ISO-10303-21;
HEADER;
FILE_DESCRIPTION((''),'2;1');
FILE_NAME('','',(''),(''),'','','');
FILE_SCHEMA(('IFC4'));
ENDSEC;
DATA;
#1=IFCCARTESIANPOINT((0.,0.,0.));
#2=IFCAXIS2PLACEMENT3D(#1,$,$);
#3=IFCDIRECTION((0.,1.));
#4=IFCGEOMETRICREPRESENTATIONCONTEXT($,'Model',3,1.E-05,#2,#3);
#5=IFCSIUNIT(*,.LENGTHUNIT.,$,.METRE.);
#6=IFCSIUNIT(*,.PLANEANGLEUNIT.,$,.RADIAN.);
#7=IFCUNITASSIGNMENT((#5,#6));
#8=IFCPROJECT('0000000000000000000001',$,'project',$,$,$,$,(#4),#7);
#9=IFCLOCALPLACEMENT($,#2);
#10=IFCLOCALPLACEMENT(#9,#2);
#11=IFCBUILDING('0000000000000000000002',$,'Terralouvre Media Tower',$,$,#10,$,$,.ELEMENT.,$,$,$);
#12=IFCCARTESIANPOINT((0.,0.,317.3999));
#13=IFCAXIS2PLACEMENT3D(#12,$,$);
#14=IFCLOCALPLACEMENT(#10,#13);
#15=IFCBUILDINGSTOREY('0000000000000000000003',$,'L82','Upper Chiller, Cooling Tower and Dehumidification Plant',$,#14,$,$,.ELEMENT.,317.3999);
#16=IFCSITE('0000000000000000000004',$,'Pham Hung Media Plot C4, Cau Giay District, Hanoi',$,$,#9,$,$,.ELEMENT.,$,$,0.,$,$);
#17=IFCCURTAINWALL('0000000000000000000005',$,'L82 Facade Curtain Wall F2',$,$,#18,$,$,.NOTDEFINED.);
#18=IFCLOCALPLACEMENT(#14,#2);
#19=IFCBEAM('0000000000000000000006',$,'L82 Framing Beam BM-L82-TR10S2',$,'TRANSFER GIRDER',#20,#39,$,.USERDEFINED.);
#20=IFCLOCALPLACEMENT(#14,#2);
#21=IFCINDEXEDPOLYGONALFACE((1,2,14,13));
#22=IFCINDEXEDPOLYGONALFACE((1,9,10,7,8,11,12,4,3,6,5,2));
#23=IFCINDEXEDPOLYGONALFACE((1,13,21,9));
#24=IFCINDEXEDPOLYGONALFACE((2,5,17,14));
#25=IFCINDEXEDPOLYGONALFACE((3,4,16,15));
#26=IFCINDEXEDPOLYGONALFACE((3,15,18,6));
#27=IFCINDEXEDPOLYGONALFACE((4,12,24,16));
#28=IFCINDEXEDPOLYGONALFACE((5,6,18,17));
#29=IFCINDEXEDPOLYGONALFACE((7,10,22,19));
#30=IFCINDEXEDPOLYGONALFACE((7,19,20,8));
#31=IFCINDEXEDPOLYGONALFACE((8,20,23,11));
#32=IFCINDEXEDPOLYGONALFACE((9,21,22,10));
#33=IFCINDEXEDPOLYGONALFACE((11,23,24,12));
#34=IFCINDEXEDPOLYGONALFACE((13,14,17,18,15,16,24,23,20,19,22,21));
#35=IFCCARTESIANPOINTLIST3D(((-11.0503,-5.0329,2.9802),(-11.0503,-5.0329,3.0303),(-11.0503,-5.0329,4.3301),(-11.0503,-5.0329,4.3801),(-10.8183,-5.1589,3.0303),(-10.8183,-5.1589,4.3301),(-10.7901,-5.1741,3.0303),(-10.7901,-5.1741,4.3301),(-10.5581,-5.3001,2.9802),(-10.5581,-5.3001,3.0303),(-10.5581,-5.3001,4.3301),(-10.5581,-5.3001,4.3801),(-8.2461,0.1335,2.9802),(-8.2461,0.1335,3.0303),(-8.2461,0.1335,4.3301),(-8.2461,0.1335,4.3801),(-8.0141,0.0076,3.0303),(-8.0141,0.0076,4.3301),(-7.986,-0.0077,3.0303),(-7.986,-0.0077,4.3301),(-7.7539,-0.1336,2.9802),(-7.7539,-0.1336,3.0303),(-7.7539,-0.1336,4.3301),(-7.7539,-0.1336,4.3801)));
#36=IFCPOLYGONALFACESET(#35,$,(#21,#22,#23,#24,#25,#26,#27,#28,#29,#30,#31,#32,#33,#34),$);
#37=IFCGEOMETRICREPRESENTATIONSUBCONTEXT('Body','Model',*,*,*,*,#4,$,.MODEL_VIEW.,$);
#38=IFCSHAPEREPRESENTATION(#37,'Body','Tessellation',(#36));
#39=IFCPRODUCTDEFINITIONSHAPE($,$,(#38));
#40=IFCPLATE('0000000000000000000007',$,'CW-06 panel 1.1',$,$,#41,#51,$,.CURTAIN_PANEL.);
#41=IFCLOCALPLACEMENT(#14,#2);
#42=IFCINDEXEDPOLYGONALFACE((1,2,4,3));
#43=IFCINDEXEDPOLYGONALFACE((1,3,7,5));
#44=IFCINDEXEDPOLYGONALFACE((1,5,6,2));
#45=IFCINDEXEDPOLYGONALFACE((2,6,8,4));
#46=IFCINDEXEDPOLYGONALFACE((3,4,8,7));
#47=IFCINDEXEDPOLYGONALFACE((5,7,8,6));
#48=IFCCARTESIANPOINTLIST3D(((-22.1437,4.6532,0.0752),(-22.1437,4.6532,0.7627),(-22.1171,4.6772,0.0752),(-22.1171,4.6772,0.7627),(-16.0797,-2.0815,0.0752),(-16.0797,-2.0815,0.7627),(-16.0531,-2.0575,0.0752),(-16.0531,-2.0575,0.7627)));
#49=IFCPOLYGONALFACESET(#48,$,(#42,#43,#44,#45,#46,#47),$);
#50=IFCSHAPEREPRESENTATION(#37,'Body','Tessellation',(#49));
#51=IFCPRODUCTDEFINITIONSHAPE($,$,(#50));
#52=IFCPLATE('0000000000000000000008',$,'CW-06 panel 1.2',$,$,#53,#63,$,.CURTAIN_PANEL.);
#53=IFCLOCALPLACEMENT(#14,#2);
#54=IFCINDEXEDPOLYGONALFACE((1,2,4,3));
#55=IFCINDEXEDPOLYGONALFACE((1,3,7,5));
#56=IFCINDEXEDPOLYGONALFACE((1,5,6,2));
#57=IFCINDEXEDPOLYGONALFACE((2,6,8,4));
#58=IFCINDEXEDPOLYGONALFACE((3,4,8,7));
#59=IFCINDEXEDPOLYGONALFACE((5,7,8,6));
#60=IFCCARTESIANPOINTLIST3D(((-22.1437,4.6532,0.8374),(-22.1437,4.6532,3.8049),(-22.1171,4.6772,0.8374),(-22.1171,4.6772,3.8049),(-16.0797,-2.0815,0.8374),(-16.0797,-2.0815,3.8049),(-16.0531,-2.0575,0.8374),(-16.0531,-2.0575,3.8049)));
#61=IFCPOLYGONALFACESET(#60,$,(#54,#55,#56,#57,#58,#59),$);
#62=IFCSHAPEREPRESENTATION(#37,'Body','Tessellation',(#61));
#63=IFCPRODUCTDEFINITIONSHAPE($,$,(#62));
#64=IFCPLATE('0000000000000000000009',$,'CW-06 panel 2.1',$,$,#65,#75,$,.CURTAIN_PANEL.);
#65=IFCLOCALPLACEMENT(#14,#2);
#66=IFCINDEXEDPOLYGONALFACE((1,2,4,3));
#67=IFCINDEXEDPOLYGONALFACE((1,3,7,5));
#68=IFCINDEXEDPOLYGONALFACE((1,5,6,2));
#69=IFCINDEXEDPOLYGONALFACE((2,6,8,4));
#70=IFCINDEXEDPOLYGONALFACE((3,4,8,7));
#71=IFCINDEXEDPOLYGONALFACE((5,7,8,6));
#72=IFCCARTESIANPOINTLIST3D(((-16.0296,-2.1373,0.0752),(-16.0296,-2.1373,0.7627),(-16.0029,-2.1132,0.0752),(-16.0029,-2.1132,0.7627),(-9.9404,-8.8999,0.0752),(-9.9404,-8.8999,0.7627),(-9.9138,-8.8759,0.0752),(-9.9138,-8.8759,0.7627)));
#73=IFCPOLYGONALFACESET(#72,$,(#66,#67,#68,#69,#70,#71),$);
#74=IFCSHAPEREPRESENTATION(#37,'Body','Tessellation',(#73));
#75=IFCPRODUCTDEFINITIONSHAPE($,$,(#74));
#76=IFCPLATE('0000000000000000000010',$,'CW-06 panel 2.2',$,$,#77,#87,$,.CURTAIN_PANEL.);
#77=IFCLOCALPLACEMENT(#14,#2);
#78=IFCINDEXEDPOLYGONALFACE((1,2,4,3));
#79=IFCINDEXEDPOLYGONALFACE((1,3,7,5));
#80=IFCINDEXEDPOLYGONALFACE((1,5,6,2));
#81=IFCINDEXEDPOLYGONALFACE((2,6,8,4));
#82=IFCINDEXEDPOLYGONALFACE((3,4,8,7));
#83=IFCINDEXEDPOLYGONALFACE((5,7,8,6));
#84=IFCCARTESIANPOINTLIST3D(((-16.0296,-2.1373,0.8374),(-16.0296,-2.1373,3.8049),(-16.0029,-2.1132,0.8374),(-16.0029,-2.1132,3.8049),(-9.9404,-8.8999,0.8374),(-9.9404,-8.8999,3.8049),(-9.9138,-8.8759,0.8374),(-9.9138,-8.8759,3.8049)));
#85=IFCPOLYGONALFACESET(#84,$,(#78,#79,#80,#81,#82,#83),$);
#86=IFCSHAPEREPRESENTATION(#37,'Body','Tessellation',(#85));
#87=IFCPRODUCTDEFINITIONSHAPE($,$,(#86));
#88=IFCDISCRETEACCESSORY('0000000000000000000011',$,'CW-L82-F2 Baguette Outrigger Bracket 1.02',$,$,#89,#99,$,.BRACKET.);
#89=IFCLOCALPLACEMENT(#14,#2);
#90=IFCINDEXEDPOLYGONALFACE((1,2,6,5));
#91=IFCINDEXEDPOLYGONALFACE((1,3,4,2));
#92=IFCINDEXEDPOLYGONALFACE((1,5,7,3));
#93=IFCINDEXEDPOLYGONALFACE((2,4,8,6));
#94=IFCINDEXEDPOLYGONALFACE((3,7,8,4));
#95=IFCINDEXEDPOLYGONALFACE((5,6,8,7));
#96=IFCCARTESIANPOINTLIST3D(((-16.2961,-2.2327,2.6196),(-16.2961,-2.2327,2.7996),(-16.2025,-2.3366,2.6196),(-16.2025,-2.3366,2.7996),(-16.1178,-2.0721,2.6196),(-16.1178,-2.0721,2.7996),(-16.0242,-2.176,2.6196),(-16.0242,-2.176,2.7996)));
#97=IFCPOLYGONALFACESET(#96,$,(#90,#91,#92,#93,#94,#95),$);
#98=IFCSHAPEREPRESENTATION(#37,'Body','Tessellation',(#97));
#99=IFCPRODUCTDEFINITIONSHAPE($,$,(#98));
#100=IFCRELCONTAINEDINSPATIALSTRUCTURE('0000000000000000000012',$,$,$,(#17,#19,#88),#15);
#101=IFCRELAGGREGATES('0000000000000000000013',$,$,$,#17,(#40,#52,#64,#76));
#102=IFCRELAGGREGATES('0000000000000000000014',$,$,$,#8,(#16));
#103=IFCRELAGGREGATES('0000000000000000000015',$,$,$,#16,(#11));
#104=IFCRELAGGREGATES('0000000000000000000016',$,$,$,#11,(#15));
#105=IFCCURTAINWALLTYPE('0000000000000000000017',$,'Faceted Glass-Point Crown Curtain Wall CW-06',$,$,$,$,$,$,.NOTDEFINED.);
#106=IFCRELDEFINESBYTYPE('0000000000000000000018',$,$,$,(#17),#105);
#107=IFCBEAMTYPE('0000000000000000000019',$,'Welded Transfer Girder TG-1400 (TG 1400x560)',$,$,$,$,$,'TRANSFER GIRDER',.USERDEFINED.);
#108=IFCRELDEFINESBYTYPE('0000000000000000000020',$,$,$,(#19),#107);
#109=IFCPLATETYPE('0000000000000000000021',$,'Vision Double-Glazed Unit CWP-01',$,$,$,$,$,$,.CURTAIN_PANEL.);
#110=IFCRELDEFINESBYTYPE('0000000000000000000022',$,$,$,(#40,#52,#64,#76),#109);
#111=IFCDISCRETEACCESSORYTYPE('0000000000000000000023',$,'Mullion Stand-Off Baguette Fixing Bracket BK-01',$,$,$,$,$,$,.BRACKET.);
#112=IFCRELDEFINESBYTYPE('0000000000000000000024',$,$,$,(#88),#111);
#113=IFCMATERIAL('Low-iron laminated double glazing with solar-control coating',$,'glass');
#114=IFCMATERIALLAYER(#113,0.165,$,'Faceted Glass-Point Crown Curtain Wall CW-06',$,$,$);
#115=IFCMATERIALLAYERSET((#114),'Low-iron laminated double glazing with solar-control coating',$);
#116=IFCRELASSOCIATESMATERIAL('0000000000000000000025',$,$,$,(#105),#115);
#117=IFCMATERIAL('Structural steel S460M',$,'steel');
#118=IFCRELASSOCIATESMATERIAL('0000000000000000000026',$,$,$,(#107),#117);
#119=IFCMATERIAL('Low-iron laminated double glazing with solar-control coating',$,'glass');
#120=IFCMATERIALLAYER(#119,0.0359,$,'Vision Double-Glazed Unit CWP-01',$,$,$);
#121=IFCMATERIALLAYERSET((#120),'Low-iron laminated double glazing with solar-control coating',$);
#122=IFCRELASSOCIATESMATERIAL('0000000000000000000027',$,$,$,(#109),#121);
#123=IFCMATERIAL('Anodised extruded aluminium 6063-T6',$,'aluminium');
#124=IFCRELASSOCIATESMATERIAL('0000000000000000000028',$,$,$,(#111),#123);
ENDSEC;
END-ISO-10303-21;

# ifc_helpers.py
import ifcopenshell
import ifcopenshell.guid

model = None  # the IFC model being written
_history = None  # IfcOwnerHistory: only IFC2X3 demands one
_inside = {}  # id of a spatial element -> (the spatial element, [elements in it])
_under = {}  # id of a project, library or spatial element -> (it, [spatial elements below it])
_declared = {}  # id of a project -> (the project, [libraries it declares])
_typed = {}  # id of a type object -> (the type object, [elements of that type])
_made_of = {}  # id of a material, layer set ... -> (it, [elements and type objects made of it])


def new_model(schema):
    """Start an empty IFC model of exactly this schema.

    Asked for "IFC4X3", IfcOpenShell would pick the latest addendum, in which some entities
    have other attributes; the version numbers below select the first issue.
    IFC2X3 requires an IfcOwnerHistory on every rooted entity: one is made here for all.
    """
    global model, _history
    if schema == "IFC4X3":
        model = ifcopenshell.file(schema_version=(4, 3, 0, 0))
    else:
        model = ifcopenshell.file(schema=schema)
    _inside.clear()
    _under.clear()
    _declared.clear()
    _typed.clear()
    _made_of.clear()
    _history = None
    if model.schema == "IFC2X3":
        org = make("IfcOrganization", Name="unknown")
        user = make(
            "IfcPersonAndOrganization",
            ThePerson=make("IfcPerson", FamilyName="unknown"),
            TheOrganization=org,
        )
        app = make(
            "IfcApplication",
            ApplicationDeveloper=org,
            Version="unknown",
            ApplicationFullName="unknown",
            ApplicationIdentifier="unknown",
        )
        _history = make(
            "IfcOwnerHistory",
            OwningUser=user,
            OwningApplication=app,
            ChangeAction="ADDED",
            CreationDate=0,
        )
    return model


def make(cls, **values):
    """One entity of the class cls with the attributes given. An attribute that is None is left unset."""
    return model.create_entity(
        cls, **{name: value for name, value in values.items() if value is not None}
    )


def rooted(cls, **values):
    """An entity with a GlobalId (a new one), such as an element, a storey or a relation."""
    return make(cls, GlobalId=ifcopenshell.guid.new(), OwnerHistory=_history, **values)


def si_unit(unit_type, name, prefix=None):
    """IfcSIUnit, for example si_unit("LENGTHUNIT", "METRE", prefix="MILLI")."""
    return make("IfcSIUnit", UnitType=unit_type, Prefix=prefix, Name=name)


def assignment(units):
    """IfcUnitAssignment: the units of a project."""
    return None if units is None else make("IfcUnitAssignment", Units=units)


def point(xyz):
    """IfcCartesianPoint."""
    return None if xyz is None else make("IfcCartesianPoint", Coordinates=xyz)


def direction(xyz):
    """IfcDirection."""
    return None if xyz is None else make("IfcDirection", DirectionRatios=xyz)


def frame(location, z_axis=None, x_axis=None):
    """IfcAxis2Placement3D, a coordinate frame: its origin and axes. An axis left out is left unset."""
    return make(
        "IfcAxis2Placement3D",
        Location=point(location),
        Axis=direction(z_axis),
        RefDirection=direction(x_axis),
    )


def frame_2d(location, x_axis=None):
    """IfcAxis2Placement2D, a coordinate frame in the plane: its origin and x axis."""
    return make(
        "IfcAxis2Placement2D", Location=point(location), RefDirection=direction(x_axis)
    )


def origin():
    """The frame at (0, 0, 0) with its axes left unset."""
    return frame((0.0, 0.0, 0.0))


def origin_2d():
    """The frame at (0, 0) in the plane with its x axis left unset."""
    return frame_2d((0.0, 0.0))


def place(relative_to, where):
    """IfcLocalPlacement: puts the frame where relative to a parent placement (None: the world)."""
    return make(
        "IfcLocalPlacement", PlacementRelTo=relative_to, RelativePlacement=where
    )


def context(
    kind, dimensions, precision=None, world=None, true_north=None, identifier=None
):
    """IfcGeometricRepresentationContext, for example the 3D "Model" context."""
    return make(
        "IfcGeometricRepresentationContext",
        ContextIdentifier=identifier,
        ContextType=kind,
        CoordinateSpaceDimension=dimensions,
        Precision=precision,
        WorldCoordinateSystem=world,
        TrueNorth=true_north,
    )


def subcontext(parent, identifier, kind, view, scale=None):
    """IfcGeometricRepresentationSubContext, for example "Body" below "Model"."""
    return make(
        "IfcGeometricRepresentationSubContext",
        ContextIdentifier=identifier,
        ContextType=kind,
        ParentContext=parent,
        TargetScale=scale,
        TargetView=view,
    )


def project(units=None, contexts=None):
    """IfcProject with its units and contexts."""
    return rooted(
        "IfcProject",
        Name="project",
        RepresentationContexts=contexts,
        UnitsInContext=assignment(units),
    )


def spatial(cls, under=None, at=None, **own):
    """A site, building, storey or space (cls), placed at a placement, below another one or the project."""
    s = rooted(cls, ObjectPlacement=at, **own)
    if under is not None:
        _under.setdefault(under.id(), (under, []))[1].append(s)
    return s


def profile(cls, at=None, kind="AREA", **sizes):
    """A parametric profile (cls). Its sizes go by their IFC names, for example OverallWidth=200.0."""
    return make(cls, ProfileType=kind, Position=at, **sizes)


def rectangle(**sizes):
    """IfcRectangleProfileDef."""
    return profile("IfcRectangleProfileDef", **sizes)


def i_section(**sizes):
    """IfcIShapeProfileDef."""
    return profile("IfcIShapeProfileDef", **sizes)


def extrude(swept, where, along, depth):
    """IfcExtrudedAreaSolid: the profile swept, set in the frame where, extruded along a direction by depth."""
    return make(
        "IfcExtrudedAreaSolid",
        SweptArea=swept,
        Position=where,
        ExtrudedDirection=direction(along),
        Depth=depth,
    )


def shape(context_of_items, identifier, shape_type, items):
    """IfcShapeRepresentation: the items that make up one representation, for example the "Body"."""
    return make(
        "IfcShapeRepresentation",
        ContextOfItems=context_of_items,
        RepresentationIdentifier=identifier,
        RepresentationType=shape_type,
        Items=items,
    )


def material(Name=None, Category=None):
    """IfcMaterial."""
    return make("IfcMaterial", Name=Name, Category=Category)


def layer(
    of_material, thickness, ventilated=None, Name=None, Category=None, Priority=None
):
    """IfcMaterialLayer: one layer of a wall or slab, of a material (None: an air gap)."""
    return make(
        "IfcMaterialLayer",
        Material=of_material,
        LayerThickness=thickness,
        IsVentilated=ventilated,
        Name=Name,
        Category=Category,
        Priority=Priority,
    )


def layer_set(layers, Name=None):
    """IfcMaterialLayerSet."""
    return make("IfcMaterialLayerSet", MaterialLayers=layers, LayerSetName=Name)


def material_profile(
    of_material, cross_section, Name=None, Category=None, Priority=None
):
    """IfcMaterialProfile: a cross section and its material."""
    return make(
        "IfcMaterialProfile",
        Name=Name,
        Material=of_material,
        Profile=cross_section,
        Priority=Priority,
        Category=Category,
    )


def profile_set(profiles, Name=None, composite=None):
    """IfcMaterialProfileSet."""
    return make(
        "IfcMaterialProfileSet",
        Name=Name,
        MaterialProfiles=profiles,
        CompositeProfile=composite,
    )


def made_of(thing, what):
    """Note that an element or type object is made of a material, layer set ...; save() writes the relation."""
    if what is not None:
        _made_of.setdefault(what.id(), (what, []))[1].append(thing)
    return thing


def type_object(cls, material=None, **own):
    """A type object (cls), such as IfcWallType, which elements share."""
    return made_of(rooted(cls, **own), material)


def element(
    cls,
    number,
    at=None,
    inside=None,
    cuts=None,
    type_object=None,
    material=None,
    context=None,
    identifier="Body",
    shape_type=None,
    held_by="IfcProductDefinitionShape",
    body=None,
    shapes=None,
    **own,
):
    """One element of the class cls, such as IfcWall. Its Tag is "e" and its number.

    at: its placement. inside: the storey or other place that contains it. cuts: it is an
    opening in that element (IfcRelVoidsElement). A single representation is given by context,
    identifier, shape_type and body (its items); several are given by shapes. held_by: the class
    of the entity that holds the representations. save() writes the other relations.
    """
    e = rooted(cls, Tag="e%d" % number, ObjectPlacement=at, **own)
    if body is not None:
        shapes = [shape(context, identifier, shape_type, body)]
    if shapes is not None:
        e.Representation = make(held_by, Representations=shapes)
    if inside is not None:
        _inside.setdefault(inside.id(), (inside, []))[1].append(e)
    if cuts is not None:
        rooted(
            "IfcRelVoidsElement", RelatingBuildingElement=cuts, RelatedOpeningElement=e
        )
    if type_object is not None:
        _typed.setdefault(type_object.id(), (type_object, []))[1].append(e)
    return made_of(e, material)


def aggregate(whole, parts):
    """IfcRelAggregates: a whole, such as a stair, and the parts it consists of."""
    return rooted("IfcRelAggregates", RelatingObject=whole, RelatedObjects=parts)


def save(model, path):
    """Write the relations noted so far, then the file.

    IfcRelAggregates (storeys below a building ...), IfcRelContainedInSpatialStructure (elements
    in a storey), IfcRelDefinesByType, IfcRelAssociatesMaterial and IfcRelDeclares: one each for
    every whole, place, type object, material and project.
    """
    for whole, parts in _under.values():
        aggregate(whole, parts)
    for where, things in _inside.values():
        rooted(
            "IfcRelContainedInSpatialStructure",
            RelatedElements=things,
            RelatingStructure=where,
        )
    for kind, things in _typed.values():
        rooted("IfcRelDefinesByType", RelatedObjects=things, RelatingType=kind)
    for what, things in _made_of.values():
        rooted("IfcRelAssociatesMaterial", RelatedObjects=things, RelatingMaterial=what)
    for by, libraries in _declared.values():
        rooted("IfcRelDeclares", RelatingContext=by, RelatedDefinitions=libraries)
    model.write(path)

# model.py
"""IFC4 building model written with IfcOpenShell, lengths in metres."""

from ifc_helpers import new_model, si_unit, direction, frame, origin, origin_2d, place, context, subcontext, project, spatial, rectangle, i_section, extrude, material, layer, layer_set, material_profile, profile_set, type_object, element, aggregate, save


model = new_model("IFC4")

# Units and contexts
model_context = context("Model", 3, precision=1e-05, world=origin(), true_north=direction((0.0, 1.0)))
body_context = subcontext(model_context, "Body", "Model", "MODEL_VIEW")
ifc_project = project(units=[si_unit("LENGTHUNIT", "METRE"), si_unit("PLANEANGLEUNIT", "RADIAN")], contexts=[model_context])

# Site, building, storey
site_placement = place(None, origin())
site = spatial("IfcSite", under=ifc_project, at=site_placement, Name="Pham Hung Media Plot C4, Cau Giay District, Hanoi", CompositionType="ELEMENT", RefElevation=0.0)
building_placement = place(site_placement, origin())
building = spatial("IfcBuilding", under=site, at=building_placement, Name="Terralouvre Media Tower", CompositionType="ELEMENT")
storey_placement = place(building_placement, frame((0.0, 0.0, 317.3999)))
storey = spatial("IfcBuildingStorey", under=building, at=storey_placement, Name="L82", Description="Upper Chiller, Cooling Tower and Dehumidification Plant", CompositionType="ELEMENT", Elevation=317.3999)

# Curtain wall
ifc_material_1 = material(Name="Low-iron laminated double glazing with solar-control coating", Category="glass")
ifc_layer_1 = layer(ifc_material_1, 0.165, Name="Faceted Glass-Point Crown Curtain Wall CW-06")
ifc_layer_set_1 = layer_set([ifc_layer_1], Name="Low-iron laminated double glazing with solar-control coating")
curtain_wall_type = type_object("IfcCurtainWallType", Name="Faceted Glass-Point Crown Curtain Wall CW-06", PredefinedType="NOTDEFINED", material=ifc_layer_set_1)
curtain_wall_placement = place(storey_placement, origin())
curtain_wall = element("IfcCurtainWall", 1, at=curtain_wall_placement, inside=storey, type_object=curtain_wall_type, Name="L82 Facade Curtain Wall F2", PredefinedType="NOTDEFINED")

# Beam
ifc_material_2 = material(Name="Structural steel S460M", Category="steel")
ifc_material_profile_1 = material_profile(ifc_material_2, i_section(OverallWidth=0.5601, OverallDepth=1.3999, WebThickness=0.032, FlangeThickness=0.05, at=origin_2d()), Name="TG 1400x560")
ifc_profile_set_1 = profile_set([ifc_material_profile_1], Name="Structural steel S460M")
beam_type = type_object("IfcBeamType", Name="Welded Transfer Girder TG-1400 (TG 1400x560)", ElementType="TRANSFER GIRDER", PredefinedType="USERDEFINED", material=ifc_profile_set_1)
beam_1_placement = place(storey_placement, frame((-10.8042, -5.1665, 3.6802), z_axis=(0.47703, 0.878887, 0.0), x_axis=(-0.878887, 0.47703, 0.0)))
element("IfcBeam", 2, at=beam_1_placement, inside=storey, type_object=beam_type, Name="L82 Framing Beam BM-L82-TR10S2", ObjectType="TRANSFER GIRDER", PredefinedType="USERDEFINED", context=body_context, shape_type="SweptSolid", body=[
    extrude(i_section(OverallWidth=0.5601, OverallDepth=1.3999, WebThickness=0.032, FlangeThickness=0.05, at=origin_2d()), origin(), (0.0, 0.0, 1.0), 5.8784),
])

# Plates
ifc_material_3 = material(Name="Low-iron laminated double glazing with solar-control coating", Category="glass")
ifc_layer_2 = layer(ifc_material_3, 0.0359, Name="Vision Double-Glazed Unit CWP-01")
ifc_layer_set_2 = layer_set([ifc_layer_2], Name="Low-iron laminated double glazing with solar-control coating")
plate_type = type_object("IfcPlateType", Name="Vision Double-Glazed Unit CWP-01", PredefinedType="CURTAIN_PANEL", material=ifc_layer_set_2)
plate_1_placement = place(storey_placement, frame((-19.0984, 1.2979, 0.0752), z_axis=(0.0, 0.0, 1.0), x_axis=(0.66913, -0.743145, 0.0)))
plate_1 = element("IfcPlate", 3, at=plate_1_placement, type_object=plate_type, Name="CW-06 panel 1.1", PredefinedType="CURTAIN_PANEL", context=body_context, shape_type="SweptSolid", body=[
    extrude(rectangle(XDim=9.0625, YDim=0.0359, at=origin_2d()), origin(), (0.0, 0.0, 1.0), 0.6875),
])
plate_2_placement = place(storey_placement, frame((-19.0984, 1.2979, 0.8374), z_axis=(0.0, 0.0, 1.0), x_axis=(0.66913, -0.743145, 0.0)))
plate_2 = element("IfcPlate", 4, at=plate_2_placement, type_object=plate_type, Name="CW-06 panel 1.2", PredefinedType="CURTAIN_PANEL", context=body_context, shape_type="SweptSolid", body=[
    extrude(rectangle(XDim=9.0625, YDim=0.0359, at=origin_2d()), origin(), (0.0, 0.0, 1.0), 2.9675),
])
plate_3_placement = place(storey_placement, frame((-12.9717, -5.5066, 0.0752), z_axis=(0.0, 0.0, 1.0), x_axis=(0.66913, -0.743145, 0.0)))
plate_3 = element("IfcPlate", 5, at=plate_3_placement, type_object=plate_type, Name="CW-06 panel 2.1", PredefinedType="CURTAIN_PANEL", context=body_context, shape_type="SweptSolid", body=[
    extrude(rectangle(XDim=9.1001, YDim=0.0359, at=origin_2d()), origin(), (0.0, 0.0, 1.0), 0.6875),
])
plate_4_placement = place(storey_placement, frame((-12.9717, -5.5066, 0.8374), z_axis=(0.0, 0.0, 1.0), x_axis=(0.66913, -0.743145, 0.0)))
plate_4 = element("IfcPlate", 6, at=plate_4_placement, type_object=plate_type, Name="CW-06 panel 2.2", PredefinedType="CURTAIN_PANEL", context=body_context, shape_type="SweptSolid", body=[
    extrude(rectangle(XDim=9.1001, YDim=0.0359, at=origin_2d()), origin(), (0.0, 0.0, 1.0), 2.9675),
])
aggregate(curtain_wall, [plate_1, plate_2, plate_3, plate_4])

# Discrete accessory
ifc_material_4 = material(Name="Anodised extruded aluminium 6063-T6", Category="aluminium")
discrete_accessory_type = type_object("IfcDiscreteAccessoryType", Name="Mullion Stand-Off Baguette Fixing Bracket BK-01", PredefinedType="BRACKET", material=ifc_material_4)
discrete_accessory_placement = place(storey_placement, frame((-16.1602, -2.2043, 2.6196), z_axis=(0.0, 0.0, 1.0), x_axis=(0.66913, -0.743145, 0.0)))
element("IfcDiscreteAccessory", 7, at=discrete_accessory_placement, inside=storey, type_object=discrete_accessory_type, Name="CW-L82-F2 Baguette Outrigger Bracket 1.02", PredefinedType="BRACKET", context=body_context, shape_type="SweptSolid", body=[
    extrude(rectangle(XDim=0.1399, YDim=0.24, at=origin_2d()), origin(), (0.0, 0.0, 1.0), 0.1799),
])

save(model, "model.ifc")
